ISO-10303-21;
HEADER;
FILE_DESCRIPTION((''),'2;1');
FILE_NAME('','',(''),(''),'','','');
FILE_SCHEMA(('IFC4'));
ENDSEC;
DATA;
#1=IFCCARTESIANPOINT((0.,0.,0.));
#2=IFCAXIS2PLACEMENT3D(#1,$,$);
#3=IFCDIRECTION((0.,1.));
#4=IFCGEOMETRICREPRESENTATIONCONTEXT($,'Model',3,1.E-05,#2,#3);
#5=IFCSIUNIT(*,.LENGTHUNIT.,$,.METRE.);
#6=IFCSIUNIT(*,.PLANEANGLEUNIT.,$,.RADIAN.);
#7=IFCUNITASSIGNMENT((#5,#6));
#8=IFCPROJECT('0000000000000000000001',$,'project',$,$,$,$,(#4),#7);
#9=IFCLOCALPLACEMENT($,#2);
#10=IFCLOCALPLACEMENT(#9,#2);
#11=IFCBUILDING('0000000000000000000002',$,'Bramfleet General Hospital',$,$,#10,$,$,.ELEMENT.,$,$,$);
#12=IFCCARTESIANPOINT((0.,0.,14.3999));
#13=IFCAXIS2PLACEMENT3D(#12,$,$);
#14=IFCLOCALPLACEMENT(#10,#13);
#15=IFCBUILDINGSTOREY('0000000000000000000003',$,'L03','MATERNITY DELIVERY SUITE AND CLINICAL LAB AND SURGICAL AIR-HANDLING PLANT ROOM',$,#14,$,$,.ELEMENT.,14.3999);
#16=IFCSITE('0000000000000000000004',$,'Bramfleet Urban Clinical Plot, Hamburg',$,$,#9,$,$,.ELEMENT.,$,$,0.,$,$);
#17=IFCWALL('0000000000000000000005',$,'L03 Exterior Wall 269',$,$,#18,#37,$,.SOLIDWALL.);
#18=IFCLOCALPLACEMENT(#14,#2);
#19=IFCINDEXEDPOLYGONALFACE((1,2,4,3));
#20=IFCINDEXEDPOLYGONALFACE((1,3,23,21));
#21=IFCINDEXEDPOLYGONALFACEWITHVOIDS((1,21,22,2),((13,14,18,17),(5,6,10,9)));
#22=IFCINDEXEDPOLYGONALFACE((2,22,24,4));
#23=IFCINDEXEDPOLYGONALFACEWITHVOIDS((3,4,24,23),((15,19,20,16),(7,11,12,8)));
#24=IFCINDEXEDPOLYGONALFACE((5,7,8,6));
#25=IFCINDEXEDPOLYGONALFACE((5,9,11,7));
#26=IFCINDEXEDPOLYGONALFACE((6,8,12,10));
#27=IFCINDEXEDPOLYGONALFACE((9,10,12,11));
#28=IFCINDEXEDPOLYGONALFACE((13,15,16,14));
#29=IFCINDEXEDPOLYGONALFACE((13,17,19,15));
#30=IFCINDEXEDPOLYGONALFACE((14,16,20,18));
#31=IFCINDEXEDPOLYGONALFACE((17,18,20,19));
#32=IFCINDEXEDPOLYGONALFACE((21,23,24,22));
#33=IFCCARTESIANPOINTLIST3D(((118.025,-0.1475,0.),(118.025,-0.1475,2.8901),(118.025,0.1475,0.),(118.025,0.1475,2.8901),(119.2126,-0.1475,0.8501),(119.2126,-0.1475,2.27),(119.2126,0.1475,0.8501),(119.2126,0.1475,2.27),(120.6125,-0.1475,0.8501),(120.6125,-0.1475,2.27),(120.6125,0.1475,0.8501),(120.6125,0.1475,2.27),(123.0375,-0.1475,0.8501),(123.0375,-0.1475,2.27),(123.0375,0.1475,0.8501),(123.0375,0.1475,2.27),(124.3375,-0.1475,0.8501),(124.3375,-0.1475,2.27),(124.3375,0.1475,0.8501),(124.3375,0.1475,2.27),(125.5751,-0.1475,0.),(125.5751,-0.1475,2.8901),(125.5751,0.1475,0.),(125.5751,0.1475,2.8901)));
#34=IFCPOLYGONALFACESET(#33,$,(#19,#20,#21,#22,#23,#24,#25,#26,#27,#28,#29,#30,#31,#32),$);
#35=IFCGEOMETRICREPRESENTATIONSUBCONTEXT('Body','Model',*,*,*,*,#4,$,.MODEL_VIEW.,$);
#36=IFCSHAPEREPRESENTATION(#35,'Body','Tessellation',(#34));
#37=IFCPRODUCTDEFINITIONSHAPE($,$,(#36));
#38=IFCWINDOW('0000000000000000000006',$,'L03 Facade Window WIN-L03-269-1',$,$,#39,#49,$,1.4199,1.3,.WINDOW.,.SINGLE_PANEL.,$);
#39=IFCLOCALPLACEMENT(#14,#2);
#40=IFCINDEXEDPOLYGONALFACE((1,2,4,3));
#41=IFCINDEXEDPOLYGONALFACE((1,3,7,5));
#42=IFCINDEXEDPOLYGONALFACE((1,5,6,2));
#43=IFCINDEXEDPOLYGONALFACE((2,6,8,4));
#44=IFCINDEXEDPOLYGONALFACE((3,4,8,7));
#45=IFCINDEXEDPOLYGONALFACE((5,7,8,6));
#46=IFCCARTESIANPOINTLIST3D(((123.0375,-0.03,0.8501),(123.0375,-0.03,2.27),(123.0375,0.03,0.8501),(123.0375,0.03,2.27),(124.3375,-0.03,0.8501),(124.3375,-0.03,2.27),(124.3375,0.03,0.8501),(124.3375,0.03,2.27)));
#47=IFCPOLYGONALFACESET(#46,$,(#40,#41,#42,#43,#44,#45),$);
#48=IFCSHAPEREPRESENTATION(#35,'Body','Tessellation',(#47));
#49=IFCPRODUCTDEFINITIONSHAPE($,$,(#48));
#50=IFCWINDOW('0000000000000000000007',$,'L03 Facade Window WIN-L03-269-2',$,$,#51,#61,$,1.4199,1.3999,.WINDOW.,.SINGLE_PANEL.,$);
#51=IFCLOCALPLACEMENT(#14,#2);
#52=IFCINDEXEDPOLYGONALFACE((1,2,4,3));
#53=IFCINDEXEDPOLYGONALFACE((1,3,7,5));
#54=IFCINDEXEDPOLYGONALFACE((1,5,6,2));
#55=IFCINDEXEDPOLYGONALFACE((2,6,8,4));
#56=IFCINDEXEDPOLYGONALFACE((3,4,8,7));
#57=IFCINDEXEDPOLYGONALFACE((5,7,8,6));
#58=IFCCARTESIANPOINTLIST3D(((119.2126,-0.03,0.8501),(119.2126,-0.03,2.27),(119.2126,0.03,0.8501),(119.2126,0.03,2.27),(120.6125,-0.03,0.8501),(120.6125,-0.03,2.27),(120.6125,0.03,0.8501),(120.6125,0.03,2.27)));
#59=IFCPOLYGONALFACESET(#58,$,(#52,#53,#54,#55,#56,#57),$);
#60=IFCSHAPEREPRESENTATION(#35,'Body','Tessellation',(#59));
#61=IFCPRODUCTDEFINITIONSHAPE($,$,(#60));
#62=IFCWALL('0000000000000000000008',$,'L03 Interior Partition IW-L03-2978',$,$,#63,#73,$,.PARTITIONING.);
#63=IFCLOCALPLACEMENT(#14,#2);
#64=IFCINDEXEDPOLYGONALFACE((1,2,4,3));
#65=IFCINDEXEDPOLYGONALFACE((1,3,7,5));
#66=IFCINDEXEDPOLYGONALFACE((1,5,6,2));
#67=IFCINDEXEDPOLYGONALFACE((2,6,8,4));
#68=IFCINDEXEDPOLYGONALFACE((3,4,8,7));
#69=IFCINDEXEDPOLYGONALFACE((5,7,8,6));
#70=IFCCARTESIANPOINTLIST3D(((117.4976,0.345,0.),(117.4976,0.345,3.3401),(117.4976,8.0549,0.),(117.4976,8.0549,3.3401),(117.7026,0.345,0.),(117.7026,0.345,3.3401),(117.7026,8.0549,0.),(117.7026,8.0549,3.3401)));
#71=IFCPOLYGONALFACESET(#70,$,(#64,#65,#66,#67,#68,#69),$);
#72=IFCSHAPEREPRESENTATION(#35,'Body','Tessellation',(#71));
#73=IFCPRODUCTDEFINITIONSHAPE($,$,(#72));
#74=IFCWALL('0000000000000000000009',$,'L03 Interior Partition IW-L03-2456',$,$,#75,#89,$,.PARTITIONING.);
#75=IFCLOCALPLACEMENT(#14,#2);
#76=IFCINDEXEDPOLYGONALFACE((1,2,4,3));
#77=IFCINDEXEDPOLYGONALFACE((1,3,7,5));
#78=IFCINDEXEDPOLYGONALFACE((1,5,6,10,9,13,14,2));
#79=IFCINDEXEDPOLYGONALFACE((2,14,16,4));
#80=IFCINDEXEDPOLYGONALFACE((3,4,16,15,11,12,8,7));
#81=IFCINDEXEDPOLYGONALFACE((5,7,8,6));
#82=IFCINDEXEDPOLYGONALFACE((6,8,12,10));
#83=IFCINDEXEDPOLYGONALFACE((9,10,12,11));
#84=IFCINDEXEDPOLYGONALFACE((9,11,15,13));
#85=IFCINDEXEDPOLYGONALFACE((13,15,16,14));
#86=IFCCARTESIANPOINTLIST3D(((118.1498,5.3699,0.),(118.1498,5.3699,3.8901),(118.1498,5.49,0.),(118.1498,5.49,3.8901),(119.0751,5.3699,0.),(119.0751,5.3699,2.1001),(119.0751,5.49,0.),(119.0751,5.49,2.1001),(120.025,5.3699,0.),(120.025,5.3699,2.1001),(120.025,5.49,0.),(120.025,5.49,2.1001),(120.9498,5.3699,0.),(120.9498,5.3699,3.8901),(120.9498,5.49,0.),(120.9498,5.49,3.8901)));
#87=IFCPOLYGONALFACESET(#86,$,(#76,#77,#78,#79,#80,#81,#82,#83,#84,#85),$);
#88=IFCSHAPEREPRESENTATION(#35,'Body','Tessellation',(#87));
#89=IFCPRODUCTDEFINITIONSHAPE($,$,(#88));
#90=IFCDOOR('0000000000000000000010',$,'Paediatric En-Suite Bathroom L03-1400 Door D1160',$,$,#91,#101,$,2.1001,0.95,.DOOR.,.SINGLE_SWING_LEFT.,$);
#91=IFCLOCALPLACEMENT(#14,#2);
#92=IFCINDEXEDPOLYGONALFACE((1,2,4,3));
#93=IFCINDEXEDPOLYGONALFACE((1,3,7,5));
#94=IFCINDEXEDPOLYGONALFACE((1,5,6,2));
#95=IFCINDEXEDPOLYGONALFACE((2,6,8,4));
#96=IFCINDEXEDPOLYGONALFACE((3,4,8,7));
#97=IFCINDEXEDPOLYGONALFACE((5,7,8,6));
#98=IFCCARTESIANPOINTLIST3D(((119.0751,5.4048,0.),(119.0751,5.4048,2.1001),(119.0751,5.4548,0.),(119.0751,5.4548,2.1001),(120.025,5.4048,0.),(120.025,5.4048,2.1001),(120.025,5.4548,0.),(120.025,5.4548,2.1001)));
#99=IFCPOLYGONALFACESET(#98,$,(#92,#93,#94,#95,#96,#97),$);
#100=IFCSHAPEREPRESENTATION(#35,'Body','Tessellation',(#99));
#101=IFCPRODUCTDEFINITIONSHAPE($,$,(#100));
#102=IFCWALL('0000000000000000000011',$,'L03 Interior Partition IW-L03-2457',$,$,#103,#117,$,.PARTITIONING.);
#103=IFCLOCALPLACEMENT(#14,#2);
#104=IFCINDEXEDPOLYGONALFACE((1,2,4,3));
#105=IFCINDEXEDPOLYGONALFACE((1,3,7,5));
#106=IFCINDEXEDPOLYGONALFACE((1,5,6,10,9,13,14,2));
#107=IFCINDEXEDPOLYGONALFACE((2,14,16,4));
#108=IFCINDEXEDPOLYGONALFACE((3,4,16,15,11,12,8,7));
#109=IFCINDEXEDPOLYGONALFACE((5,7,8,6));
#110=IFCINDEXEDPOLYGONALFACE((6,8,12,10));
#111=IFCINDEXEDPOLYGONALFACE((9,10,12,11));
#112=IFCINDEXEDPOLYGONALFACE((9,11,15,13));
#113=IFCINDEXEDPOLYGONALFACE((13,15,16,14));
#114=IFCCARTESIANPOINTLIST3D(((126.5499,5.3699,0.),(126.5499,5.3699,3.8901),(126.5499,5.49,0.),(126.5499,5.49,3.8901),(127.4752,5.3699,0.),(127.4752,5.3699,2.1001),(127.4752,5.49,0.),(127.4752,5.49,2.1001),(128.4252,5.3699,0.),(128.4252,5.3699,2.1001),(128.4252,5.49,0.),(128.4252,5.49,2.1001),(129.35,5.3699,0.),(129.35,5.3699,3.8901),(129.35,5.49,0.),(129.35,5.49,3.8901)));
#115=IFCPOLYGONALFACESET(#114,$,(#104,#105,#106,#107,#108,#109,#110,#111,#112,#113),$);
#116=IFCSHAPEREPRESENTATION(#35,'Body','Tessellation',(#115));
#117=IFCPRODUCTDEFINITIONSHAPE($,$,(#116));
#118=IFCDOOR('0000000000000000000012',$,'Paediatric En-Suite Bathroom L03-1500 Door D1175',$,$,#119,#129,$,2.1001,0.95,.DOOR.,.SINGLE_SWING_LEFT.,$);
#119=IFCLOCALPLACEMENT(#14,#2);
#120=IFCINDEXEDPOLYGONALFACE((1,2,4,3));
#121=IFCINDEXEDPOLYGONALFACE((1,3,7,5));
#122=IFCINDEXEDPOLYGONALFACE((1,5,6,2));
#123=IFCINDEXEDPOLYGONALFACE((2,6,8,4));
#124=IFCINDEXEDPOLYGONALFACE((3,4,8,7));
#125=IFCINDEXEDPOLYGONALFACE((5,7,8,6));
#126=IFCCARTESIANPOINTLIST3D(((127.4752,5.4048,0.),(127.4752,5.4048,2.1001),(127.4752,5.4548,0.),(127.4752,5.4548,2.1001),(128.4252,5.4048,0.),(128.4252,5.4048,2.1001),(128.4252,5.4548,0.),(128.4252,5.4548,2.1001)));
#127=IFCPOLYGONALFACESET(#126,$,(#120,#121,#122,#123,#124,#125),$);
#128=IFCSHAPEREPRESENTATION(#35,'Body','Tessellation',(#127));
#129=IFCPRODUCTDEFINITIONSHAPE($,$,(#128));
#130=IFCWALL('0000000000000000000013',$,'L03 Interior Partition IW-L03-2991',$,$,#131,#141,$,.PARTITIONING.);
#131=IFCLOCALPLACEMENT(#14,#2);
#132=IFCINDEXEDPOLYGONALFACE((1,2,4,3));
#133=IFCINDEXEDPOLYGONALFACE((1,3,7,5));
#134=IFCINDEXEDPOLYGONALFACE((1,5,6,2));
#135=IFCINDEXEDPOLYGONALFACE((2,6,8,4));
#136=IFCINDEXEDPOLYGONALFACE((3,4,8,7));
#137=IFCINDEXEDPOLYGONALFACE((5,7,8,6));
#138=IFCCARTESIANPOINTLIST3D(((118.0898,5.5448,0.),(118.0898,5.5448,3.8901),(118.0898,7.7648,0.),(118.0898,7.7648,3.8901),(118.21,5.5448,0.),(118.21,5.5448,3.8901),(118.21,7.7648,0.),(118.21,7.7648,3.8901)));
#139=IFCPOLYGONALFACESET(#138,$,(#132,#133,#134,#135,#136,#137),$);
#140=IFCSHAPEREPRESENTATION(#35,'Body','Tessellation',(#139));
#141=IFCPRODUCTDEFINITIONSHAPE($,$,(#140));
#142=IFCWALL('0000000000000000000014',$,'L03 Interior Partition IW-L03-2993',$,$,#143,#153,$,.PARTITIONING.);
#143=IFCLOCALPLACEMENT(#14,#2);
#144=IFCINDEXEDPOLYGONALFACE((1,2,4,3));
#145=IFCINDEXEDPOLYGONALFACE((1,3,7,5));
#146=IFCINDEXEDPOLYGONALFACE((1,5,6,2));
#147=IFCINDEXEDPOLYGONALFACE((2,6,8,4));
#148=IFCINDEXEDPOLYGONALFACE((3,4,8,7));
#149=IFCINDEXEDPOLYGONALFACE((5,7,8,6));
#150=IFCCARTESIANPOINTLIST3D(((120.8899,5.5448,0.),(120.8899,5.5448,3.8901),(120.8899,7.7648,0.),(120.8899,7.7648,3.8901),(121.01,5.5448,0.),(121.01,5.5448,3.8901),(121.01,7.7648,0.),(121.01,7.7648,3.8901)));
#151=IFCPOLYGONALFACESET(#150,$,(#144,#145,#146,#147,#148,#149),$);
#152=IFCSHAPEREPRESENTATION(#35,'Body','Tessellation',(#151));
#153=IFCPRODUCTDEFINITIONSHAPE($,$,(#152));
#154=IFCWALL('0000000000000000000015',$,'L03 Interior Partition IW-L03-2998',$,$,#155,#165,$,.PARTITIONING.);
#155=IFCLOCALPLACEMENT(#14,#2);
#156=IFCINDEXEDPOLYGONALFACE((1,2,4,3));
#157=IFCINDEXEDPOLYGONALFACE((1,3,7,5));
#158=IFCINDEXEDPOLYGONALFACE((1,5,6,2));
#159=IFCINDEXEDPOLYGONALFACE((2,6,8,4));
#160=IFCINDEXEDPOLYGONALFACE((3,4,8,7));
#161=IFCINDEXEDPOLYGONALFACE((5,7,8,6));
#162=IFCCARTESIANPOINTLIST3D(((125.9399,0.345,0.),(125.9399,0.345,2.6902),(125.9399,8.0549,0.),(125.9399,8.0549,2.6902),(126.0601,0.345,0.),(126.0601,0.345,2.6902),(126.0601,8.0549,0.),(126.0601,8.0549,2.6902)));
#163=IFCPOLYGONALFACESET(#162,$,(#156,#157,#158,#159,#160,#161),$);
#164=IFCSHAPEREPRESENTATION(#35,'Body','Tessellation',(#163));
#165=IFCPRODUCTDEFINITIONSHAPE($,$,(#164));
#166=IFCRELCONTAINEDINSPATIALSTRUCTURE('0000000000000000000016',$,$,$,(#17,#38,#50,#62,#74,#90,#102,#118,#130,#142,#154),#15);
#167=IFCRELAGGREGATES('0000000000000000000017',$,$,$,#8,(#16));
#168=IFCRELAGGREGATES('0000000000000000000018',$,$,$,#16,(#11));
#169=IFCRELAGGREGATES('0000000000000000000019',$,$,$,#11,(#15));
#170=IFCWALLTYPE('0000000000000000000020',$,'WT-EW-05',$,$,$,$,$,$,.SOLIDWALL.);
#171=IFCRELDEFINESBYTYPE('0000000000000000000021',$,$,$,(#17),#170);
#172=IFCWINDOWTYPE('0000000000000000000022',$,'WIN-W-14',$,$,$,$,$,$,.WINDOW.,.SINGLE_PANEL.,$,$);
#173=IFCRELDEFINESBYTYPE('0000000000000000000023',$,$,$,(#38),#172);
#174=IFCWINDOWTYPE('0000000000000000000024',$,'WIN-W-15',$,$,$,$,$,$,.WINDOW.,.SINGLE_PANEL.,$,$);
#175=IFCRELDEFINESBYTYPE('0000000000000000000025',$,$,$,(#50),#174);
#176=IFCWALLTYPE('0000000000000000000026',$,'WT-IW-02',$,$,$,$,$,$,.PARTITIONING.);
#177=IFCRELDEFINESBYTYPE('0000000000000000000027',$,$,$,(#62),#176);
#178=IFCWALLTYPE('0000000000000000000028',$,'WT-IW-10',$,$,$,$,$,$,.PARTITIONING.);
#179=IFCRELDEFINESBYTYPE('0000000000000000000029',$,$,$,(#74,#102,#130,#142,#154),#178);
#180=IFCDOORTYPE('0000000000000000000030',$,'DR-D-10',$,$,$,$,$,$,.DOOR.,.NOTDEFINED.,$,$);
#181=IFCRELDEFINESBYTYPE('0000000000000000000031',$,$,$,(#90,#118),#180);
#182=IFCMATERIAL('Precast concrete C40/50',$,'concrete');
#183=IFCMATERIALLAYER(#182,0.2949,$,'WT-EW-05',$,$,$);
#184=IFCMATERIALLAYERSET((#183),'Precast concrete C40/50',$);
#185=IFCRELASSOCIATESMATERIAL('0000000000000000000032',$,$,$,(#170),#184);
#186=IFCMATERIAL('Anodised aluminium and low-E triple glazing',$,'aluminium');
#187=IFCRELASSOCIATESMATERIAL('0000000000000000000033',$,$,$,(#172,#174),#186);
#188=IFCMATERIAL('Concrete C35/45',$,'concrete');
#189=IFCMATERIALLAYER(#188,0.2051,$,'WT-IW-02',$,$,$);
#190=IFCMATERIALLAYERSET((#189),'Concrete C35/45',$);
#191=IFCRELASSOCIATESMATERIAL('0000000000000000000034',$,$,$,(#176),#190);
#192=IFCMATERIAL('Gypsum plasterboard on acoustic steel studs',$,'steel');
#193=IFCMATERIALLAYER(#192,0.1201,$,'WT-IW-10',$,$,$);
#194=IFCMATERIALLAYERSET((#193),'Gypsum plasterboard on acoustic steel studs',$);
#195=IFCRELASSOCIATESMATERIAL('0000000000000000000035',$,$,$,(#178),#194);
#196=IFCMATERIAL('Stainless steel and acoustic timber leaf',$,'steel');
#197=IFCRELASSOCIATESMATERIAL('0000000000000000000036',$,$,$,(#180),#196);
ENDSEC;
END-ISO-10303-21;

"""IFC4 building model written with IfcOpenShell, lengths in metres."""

from ifc_helpers import new_model, si_unit, direction, frame, frame_2d, origin, place, context, subcontext, project, spatial, rectangle, extrude, material, layer, layer_set, type_object, element, fill, save


model = new_model("IFC4")

# Units and contexts
model_context = context("Model", 3, precision=1e-05, world=origin(), true_north=direction((0.0, 1.0)))
body_context = subcontext(model_context, "Body", "Model", "MODEL_VIEW")
ifc_project = project(units=[si_unit("LENGTHUNIT", "METRE"), si_unit("PLANEANGLEUNIT", "RADIAN")], contexts=[model_context])

# Site, building, storey
site_placement = place(None, origin())
site = spatial("IfcSite", under=ifc_project, at=site_placement, Name="Bramfleet Urban Clinical Plot, Hamburg", CompositionType="ELEMENT", RefElevation=0.0)
building_placement = place(site_placement, origin())
building = spatial("IfcBuilding", under=site, at=building_placement, Name="Bramfleet General Hospital", CompositionType="ELEMENT")
storey_placement = place(building_placement, frame((0.0, 0.0, 14.3999)))
storey = spatial("IfcBuildingStorey", under=building, at=storey_placement, Name="L03", Description="MATERNITY DELIVERY SUITE AND CLINICAL LAB AND SURGICAL AIR-HANDLING PLANT ROOM", CompositionType="ELEMENT", Elevation=14.3999)

# Shared definitions
ifc_material_1 = material(Name="Concrete C35/45", Category="concrete")

# Shared definitions
ifc_material_2 = material(Name="Anodised aluminium and low-E triple glazing", Category="aluminium")

# Wall, openings, windows
ifc_material_3 = material(Name="Precast concrete C40/50", Category="concrete")
ifc_layer_1 = layer(ifc_material_3, 0.2949, Name="WT-EW-05")
ifc_layer_set_1 = layer_set([ifc_layer_1], Name="Precast concrete C40/50")
wall_type_1 = type_object("IfcWallType", Name="WT-EW-05", PredefinedType="SOLIDWALL", material=ifc_layer_set_1)
wall_1_placement = place(storey_placement, frame((125.575, 0.0, 0.0), z_axis=(0.0, 0.0, 1.0), x_axis=(-1.0, 0.0, 0.0)))
wall_1 = element("IfcWall", 1, at=wall_1_placement, inside=storey, type_object=wall_type_1, Name="L03 Exterior Wall 269", PredefinedType="SOLIDWALL", context=body_context, shape_type="SweptSolid", body=[
    extrude(rectangle(XDim=7.55, YDim=0.2949, at=frame_2d((3.7749, 0.0))), origin(), (0.0, 0.0, 1.0), 2.8901),
])
opening_1_placement = place(wall_1_placement, frame((1.2375, 0.0, 0.8501)))
opening_1 = element("IfcOpeningElement", 2, at=opening_1_placement, cuts=wall_1, PredefinedType="OPENING", context=body_context, shape_type="SweptSolid", body=[
    extrude(rectangle(XDim=1.3, YDim=1.4199, at=frame_2d((0.6499, 0.71))), frame((0.0, 0.1575, 0.0), z_axis=(0.0, -1.0, 0.0), x_axis=(1.0, 0.0, 0.0)), (0.0, 0.0, 1.0), 0.3149),
])
opening_2_placement = place(wall_1_placement, frame((4.9624, 0.0, 0.8501)))
opening_2 = element("IfcOpeningElement", 3, at=opening_2_placement, cuts=wall_1, PredefinedType="OPENING", context=body_context, shape_type="SweptSolid", body=[
    extrude(rectangle(XDim=1.3999, YDim=1.4199, at=frame_2d((0.7, 0.71))), frame((0.0, 0.1575, 0.0), z_axis=(0.0, -1.0, 0.0), x_axis=(1.0, 0.0, 0.0)), (0.0, 0.0, 1.0), 0.3149),
])
window_type_1 = type_object("IfcWindowType", Name="WIN-W-14", PartitioningType="SINGLE_PANEL", PredefinedType="WINDOW", material=ifc_material_2)
window_1_placement = place(opening_1_placement, origin())
window_1 = element("IfcWindow", 4, at=window_1_placement, inside=storey, type_object=window_type_1, Name="L03 Facade Window WIN-L03-269-1", OverallHeight=1.4199, OverallWidth=1.3, PartitioningType="SINGLE_PANEL", PredefinedType="WINDOW", context=body_context, shape_type="SweptSolid", body=[
    extrude(rectangle(XDim=1.3, YDim=1.4199, at=frame_2d((0.6499, 0.71))), frame((0.0, 0.03, 0.0), z_axis=(0.0, -1.0, 0.0), x_axis=(1.0, 0.0, 0.0)), (0.0, 0.0, 1.0), 0.0601),
])
fill(opening_1, window_1)
window_type_2 = type_object("IfcWindowType", Name="WIN-W-15", PartitioningType="SINGLE_PANEL", PredefinedType="WINDOW", material=ifc_material_2)
window_2_placement = place(opening_2_placement, origin())
window_2 = element("IfcWindow", 5, at=window_2_placement, inside=storey, type_object=window_type_2, Name="L03 Facade Window WIN-L03-269-2", OverallHeight=1.4199, OverallWidth=1.3999, PartitioningType="SINGLE_PANEL", PredefinedType="WINDOW", context=body_context, shape_type="SweptSolid", body=[
    extrude(rectangle(XDim=1.3999, YDim=1.4199, at=frame_2d((0.7, 0.71))), frame((0.0, 0.03, 0.0), z_axis=(0.0, -1.0, 0.0), x_axis=(1.0, 0.0, 0.0)), (0.0, 0.0, 1.0), 0.0601),
])
fill(opening_2, window_2)

# Wall
ifc_layer_2 = layer(ifc_material_1, 0.2051, Name="WT-IW-02")
ifc_layer_set_2 = layer_set([ifc_layer_2], Name="Concrete C35/45")
wall_type_2 = type_object("IfcWallType", Name="WT-IW-02", PredefinedType="PARTITIONING", material=ifc_layer_set_2)
wall_2_placement = place(storey_placement, frame((117.6001, 0.345, 0.0), z_axis=(0.0, 0.0, 1.0), x_axis=(0.0, 1.0, 0.0)))
element("IfcWall", 6, at=wall_2_placement, inside=storey, type_object=wall_type_2, Name="L03 Interior Partition IW-L03-2978", PredefinedType="PARTITIONING", context=body_context, shape_type="SweptSolid", body=[
    extrude(rectangle(XDim=7.71, YDim=0.2051, at=frame_2d((3.855, 0.0))), origin(), (0.0, 0.0, 1.0), 3.3401),
])

# Walls, openings, doors
ifc_material_4 = material(Name="Gypsum plasterboard on acoustic steel studs", Category="steel")
ifc_layer_3 = layer(ifc_material_4, 0.1201, Name="WT-IW-10")
ifc_layer_set_3 = layer_set([ifc_layer_3], Name="Gypsum plasterboard on acoustic steel studs")
wall_type_3 = type_object("IfcWallType", Name="WT-IW-10", PredefinedType="PARTITIONING", material=ifc_layer_set_3)
wall_3_placement = place(storey_placement, frame((118.1499, 5.4299, 0.0), z_axis=(0.0, 0.0, 1.0), x_axis=(1.0, 0.0, 0.0)))
wall_3 = element("IfcWall", 7, at=wall_3_placement, inside=storey, type_object=wall_type_3, Name="L03 Interior Partition IW-L03-2456", PredefinedType="PARTITIONING", context=body_context, shape_type="SweptSolid", body=[
    extrude(rectangle(XDim=2.8, YDim=0.1201, at=frame_2d((1.3999, 0.0))), origin(), (0.0, 0.0, 1.0), 3.8901),
])
opening_3_placement = place(wall_3_placement, frame((0.925, 0.0, 0.0)))
opening_3 = element("IfcOpeningElement", 8, at=opening_3_placement, cuts=wall_3, PredefinedType="OPENING", context=body_context, shape_type="SweptSolid", body=[
    extrude(rectangle(XDim=0.95, YDim=2.1001, at=frame_2d((0.4751, 1.05))), frame((0.0, 0.0701, 0.0), z_axis=(0.0, -1.0, 0.0), x_axis=(1.0, 0.0, 0.0)), (0.0, 0.0, 1.0), 0.1401),
])
ifc_material_5 = material(Name="Stainless steel and acoustic timber leaf", Category="steel")
door_type = type_object("IfcDoorType", Name="DR-D-10", OperationType="NOTDEFINED", PredefinedType="DOOR", material=ifc_material_5)
door_1_placement = place(opening_3_placement, origin())
door_1 = element("IfcDoor", 9, at=door_1_placement, inside=storey, type_object=door_type, Name="Paediatric En-Suite Bathroom L03-1400 Door D1160", OperationType="SINGLE_SWING_LEFT", OverallHeight=2.1001, OverallWidth=0.95, PredefinedType="DOOR", context=body_context, shape_type="SweptSolid", body=[
    extrude(rectangle(XDim=0.95, YDim=2.1001, at=frame_2d((0.4751, 1.05))), frame((0.0, 0.0249, 0.0), z_axis=(0.0, -1.0, 0.0), x_axis=(1.0, 0.0, 0.0)), (0.0, 0.0, 1.0), 0.05),
])
fill(opening_3, door_1)
wall_4_placement = place(storey_placement, frame((126.55, 5.4299, 0.0), z_axis=(0.0, 0.0, 1.0), x_axis=(1.0, 0.0, 0.0)))
wall_4 = element("IfcWall", 10, at=wall_4_placement, inside=storey, type_object=wall_type_3, Name="L03 Interior Partition IW-L03-2457", PredefinedType="PARTITIONING", context=body_context, shape_type="SweptSolid", body=[
    extrude(rectangle(XDim=2.8, YDim=0.1201, at=frame_2d((1.3999, 0.0))), origin(), (0.0, 0.0, 1.0), 3.8901),
])
opening_4_placement = place(wall_4_placement, frame((0.925, 0.0, 0.0)))
opening_4 = element("IfcOpeningElement", 11, at=opening_4_placement, cuts=wall_4, PredefinedType="OPENING", context=body_context, shape_type="SweptSolid", body=[
    extrude(rectangle(XDim=0.95, YDim=2.1001, at=frame_2d((0.4751, 1.05))), frame((0.0, 0.0701, 0.0), z_axis=(0.0, -1.0, 0.0), x_axis=(1.0, 0.0, 0.0)), (0.0, 0.0, 1.0), 0.1401),
])
door_2_placement = place(opening_4_placement, origin())
door_2 = element("IfcDoor", 12, at=door_2_placement, inside=storey, type_object=door_type, Name="Paediatric En-Suite Bathroom L03-1500 Door D1175", OperationType="SINGLE_SWING_LEFT", OverallHeight=2.1001, OverallWidth=0.95, PredefinedType="DOOR", context=body_context, shape_type="SweptSolid", body=[
    extrude(rectangle(XDim=0.95, YDim=2.1001, at=frame_2d((0.4751, 1.05))), frame((0.0, 0.0249, 0.0), z_axis=(0.0, -1.0, 0.0), x_axis=(1.0, 0.0, 0.0)), (0.0, 0.0, 1.0), 0.05),
])
fill(opening_4, door_2)

# Walls
for number, where, z_axis, x_axis, name in (
    (13, (118.1499, 5.5449, 0.0), (0.0, 0.0, 1.0), (0.0, 1.0, 0.0), "L03 Interior Partition IW-L03-2991"),
    (14, (120.95, 5.5449, 0.0), (0.0, 0.0, 1.0), (0.0, 1.0, 0.0), "L03 Interior Partition IW-L03-2993"),
):
    element("IfcWall", number, at=place(storey_placement, frame(where, z_axis=z_axis, x_axis=x_axis)), inside=storey, type_object=wall_type_3, Name=name, PredefinedType="PARTITIONING", context=body_context, shape_type="SweptSolid", body=[
        extrude(rectangle(XDim=2.22, YDim=0.1201, at=frame_2d((1.1099, 0.0))), origin(), (0.0, 0.0, 1.0), 3.8901),
    ])
wall_5_placement = place(storey_placement, frame((126.0, 0.345, 0.0), z_axis=(0.0, 0.0, 1.0), x_axis=(0.0, 1.0, 0.0)))
element("IfcWall", 15, at=wall_5_placement, inside=storey, type_object=wall_type_3, Name="L03 Interior Partition IW-L03-2998", PredefinedType="PARTITIONING", context=body_context, shape_type="SweptSolid", body=[
    extrude(rectangle(XDim=7.71, YDim=0.1201, at=frame_2d((3.855, 0.0))), origin(), (0.0, 0.0, 1.0), 2.6902),
])

save(model, "model.ifc")
